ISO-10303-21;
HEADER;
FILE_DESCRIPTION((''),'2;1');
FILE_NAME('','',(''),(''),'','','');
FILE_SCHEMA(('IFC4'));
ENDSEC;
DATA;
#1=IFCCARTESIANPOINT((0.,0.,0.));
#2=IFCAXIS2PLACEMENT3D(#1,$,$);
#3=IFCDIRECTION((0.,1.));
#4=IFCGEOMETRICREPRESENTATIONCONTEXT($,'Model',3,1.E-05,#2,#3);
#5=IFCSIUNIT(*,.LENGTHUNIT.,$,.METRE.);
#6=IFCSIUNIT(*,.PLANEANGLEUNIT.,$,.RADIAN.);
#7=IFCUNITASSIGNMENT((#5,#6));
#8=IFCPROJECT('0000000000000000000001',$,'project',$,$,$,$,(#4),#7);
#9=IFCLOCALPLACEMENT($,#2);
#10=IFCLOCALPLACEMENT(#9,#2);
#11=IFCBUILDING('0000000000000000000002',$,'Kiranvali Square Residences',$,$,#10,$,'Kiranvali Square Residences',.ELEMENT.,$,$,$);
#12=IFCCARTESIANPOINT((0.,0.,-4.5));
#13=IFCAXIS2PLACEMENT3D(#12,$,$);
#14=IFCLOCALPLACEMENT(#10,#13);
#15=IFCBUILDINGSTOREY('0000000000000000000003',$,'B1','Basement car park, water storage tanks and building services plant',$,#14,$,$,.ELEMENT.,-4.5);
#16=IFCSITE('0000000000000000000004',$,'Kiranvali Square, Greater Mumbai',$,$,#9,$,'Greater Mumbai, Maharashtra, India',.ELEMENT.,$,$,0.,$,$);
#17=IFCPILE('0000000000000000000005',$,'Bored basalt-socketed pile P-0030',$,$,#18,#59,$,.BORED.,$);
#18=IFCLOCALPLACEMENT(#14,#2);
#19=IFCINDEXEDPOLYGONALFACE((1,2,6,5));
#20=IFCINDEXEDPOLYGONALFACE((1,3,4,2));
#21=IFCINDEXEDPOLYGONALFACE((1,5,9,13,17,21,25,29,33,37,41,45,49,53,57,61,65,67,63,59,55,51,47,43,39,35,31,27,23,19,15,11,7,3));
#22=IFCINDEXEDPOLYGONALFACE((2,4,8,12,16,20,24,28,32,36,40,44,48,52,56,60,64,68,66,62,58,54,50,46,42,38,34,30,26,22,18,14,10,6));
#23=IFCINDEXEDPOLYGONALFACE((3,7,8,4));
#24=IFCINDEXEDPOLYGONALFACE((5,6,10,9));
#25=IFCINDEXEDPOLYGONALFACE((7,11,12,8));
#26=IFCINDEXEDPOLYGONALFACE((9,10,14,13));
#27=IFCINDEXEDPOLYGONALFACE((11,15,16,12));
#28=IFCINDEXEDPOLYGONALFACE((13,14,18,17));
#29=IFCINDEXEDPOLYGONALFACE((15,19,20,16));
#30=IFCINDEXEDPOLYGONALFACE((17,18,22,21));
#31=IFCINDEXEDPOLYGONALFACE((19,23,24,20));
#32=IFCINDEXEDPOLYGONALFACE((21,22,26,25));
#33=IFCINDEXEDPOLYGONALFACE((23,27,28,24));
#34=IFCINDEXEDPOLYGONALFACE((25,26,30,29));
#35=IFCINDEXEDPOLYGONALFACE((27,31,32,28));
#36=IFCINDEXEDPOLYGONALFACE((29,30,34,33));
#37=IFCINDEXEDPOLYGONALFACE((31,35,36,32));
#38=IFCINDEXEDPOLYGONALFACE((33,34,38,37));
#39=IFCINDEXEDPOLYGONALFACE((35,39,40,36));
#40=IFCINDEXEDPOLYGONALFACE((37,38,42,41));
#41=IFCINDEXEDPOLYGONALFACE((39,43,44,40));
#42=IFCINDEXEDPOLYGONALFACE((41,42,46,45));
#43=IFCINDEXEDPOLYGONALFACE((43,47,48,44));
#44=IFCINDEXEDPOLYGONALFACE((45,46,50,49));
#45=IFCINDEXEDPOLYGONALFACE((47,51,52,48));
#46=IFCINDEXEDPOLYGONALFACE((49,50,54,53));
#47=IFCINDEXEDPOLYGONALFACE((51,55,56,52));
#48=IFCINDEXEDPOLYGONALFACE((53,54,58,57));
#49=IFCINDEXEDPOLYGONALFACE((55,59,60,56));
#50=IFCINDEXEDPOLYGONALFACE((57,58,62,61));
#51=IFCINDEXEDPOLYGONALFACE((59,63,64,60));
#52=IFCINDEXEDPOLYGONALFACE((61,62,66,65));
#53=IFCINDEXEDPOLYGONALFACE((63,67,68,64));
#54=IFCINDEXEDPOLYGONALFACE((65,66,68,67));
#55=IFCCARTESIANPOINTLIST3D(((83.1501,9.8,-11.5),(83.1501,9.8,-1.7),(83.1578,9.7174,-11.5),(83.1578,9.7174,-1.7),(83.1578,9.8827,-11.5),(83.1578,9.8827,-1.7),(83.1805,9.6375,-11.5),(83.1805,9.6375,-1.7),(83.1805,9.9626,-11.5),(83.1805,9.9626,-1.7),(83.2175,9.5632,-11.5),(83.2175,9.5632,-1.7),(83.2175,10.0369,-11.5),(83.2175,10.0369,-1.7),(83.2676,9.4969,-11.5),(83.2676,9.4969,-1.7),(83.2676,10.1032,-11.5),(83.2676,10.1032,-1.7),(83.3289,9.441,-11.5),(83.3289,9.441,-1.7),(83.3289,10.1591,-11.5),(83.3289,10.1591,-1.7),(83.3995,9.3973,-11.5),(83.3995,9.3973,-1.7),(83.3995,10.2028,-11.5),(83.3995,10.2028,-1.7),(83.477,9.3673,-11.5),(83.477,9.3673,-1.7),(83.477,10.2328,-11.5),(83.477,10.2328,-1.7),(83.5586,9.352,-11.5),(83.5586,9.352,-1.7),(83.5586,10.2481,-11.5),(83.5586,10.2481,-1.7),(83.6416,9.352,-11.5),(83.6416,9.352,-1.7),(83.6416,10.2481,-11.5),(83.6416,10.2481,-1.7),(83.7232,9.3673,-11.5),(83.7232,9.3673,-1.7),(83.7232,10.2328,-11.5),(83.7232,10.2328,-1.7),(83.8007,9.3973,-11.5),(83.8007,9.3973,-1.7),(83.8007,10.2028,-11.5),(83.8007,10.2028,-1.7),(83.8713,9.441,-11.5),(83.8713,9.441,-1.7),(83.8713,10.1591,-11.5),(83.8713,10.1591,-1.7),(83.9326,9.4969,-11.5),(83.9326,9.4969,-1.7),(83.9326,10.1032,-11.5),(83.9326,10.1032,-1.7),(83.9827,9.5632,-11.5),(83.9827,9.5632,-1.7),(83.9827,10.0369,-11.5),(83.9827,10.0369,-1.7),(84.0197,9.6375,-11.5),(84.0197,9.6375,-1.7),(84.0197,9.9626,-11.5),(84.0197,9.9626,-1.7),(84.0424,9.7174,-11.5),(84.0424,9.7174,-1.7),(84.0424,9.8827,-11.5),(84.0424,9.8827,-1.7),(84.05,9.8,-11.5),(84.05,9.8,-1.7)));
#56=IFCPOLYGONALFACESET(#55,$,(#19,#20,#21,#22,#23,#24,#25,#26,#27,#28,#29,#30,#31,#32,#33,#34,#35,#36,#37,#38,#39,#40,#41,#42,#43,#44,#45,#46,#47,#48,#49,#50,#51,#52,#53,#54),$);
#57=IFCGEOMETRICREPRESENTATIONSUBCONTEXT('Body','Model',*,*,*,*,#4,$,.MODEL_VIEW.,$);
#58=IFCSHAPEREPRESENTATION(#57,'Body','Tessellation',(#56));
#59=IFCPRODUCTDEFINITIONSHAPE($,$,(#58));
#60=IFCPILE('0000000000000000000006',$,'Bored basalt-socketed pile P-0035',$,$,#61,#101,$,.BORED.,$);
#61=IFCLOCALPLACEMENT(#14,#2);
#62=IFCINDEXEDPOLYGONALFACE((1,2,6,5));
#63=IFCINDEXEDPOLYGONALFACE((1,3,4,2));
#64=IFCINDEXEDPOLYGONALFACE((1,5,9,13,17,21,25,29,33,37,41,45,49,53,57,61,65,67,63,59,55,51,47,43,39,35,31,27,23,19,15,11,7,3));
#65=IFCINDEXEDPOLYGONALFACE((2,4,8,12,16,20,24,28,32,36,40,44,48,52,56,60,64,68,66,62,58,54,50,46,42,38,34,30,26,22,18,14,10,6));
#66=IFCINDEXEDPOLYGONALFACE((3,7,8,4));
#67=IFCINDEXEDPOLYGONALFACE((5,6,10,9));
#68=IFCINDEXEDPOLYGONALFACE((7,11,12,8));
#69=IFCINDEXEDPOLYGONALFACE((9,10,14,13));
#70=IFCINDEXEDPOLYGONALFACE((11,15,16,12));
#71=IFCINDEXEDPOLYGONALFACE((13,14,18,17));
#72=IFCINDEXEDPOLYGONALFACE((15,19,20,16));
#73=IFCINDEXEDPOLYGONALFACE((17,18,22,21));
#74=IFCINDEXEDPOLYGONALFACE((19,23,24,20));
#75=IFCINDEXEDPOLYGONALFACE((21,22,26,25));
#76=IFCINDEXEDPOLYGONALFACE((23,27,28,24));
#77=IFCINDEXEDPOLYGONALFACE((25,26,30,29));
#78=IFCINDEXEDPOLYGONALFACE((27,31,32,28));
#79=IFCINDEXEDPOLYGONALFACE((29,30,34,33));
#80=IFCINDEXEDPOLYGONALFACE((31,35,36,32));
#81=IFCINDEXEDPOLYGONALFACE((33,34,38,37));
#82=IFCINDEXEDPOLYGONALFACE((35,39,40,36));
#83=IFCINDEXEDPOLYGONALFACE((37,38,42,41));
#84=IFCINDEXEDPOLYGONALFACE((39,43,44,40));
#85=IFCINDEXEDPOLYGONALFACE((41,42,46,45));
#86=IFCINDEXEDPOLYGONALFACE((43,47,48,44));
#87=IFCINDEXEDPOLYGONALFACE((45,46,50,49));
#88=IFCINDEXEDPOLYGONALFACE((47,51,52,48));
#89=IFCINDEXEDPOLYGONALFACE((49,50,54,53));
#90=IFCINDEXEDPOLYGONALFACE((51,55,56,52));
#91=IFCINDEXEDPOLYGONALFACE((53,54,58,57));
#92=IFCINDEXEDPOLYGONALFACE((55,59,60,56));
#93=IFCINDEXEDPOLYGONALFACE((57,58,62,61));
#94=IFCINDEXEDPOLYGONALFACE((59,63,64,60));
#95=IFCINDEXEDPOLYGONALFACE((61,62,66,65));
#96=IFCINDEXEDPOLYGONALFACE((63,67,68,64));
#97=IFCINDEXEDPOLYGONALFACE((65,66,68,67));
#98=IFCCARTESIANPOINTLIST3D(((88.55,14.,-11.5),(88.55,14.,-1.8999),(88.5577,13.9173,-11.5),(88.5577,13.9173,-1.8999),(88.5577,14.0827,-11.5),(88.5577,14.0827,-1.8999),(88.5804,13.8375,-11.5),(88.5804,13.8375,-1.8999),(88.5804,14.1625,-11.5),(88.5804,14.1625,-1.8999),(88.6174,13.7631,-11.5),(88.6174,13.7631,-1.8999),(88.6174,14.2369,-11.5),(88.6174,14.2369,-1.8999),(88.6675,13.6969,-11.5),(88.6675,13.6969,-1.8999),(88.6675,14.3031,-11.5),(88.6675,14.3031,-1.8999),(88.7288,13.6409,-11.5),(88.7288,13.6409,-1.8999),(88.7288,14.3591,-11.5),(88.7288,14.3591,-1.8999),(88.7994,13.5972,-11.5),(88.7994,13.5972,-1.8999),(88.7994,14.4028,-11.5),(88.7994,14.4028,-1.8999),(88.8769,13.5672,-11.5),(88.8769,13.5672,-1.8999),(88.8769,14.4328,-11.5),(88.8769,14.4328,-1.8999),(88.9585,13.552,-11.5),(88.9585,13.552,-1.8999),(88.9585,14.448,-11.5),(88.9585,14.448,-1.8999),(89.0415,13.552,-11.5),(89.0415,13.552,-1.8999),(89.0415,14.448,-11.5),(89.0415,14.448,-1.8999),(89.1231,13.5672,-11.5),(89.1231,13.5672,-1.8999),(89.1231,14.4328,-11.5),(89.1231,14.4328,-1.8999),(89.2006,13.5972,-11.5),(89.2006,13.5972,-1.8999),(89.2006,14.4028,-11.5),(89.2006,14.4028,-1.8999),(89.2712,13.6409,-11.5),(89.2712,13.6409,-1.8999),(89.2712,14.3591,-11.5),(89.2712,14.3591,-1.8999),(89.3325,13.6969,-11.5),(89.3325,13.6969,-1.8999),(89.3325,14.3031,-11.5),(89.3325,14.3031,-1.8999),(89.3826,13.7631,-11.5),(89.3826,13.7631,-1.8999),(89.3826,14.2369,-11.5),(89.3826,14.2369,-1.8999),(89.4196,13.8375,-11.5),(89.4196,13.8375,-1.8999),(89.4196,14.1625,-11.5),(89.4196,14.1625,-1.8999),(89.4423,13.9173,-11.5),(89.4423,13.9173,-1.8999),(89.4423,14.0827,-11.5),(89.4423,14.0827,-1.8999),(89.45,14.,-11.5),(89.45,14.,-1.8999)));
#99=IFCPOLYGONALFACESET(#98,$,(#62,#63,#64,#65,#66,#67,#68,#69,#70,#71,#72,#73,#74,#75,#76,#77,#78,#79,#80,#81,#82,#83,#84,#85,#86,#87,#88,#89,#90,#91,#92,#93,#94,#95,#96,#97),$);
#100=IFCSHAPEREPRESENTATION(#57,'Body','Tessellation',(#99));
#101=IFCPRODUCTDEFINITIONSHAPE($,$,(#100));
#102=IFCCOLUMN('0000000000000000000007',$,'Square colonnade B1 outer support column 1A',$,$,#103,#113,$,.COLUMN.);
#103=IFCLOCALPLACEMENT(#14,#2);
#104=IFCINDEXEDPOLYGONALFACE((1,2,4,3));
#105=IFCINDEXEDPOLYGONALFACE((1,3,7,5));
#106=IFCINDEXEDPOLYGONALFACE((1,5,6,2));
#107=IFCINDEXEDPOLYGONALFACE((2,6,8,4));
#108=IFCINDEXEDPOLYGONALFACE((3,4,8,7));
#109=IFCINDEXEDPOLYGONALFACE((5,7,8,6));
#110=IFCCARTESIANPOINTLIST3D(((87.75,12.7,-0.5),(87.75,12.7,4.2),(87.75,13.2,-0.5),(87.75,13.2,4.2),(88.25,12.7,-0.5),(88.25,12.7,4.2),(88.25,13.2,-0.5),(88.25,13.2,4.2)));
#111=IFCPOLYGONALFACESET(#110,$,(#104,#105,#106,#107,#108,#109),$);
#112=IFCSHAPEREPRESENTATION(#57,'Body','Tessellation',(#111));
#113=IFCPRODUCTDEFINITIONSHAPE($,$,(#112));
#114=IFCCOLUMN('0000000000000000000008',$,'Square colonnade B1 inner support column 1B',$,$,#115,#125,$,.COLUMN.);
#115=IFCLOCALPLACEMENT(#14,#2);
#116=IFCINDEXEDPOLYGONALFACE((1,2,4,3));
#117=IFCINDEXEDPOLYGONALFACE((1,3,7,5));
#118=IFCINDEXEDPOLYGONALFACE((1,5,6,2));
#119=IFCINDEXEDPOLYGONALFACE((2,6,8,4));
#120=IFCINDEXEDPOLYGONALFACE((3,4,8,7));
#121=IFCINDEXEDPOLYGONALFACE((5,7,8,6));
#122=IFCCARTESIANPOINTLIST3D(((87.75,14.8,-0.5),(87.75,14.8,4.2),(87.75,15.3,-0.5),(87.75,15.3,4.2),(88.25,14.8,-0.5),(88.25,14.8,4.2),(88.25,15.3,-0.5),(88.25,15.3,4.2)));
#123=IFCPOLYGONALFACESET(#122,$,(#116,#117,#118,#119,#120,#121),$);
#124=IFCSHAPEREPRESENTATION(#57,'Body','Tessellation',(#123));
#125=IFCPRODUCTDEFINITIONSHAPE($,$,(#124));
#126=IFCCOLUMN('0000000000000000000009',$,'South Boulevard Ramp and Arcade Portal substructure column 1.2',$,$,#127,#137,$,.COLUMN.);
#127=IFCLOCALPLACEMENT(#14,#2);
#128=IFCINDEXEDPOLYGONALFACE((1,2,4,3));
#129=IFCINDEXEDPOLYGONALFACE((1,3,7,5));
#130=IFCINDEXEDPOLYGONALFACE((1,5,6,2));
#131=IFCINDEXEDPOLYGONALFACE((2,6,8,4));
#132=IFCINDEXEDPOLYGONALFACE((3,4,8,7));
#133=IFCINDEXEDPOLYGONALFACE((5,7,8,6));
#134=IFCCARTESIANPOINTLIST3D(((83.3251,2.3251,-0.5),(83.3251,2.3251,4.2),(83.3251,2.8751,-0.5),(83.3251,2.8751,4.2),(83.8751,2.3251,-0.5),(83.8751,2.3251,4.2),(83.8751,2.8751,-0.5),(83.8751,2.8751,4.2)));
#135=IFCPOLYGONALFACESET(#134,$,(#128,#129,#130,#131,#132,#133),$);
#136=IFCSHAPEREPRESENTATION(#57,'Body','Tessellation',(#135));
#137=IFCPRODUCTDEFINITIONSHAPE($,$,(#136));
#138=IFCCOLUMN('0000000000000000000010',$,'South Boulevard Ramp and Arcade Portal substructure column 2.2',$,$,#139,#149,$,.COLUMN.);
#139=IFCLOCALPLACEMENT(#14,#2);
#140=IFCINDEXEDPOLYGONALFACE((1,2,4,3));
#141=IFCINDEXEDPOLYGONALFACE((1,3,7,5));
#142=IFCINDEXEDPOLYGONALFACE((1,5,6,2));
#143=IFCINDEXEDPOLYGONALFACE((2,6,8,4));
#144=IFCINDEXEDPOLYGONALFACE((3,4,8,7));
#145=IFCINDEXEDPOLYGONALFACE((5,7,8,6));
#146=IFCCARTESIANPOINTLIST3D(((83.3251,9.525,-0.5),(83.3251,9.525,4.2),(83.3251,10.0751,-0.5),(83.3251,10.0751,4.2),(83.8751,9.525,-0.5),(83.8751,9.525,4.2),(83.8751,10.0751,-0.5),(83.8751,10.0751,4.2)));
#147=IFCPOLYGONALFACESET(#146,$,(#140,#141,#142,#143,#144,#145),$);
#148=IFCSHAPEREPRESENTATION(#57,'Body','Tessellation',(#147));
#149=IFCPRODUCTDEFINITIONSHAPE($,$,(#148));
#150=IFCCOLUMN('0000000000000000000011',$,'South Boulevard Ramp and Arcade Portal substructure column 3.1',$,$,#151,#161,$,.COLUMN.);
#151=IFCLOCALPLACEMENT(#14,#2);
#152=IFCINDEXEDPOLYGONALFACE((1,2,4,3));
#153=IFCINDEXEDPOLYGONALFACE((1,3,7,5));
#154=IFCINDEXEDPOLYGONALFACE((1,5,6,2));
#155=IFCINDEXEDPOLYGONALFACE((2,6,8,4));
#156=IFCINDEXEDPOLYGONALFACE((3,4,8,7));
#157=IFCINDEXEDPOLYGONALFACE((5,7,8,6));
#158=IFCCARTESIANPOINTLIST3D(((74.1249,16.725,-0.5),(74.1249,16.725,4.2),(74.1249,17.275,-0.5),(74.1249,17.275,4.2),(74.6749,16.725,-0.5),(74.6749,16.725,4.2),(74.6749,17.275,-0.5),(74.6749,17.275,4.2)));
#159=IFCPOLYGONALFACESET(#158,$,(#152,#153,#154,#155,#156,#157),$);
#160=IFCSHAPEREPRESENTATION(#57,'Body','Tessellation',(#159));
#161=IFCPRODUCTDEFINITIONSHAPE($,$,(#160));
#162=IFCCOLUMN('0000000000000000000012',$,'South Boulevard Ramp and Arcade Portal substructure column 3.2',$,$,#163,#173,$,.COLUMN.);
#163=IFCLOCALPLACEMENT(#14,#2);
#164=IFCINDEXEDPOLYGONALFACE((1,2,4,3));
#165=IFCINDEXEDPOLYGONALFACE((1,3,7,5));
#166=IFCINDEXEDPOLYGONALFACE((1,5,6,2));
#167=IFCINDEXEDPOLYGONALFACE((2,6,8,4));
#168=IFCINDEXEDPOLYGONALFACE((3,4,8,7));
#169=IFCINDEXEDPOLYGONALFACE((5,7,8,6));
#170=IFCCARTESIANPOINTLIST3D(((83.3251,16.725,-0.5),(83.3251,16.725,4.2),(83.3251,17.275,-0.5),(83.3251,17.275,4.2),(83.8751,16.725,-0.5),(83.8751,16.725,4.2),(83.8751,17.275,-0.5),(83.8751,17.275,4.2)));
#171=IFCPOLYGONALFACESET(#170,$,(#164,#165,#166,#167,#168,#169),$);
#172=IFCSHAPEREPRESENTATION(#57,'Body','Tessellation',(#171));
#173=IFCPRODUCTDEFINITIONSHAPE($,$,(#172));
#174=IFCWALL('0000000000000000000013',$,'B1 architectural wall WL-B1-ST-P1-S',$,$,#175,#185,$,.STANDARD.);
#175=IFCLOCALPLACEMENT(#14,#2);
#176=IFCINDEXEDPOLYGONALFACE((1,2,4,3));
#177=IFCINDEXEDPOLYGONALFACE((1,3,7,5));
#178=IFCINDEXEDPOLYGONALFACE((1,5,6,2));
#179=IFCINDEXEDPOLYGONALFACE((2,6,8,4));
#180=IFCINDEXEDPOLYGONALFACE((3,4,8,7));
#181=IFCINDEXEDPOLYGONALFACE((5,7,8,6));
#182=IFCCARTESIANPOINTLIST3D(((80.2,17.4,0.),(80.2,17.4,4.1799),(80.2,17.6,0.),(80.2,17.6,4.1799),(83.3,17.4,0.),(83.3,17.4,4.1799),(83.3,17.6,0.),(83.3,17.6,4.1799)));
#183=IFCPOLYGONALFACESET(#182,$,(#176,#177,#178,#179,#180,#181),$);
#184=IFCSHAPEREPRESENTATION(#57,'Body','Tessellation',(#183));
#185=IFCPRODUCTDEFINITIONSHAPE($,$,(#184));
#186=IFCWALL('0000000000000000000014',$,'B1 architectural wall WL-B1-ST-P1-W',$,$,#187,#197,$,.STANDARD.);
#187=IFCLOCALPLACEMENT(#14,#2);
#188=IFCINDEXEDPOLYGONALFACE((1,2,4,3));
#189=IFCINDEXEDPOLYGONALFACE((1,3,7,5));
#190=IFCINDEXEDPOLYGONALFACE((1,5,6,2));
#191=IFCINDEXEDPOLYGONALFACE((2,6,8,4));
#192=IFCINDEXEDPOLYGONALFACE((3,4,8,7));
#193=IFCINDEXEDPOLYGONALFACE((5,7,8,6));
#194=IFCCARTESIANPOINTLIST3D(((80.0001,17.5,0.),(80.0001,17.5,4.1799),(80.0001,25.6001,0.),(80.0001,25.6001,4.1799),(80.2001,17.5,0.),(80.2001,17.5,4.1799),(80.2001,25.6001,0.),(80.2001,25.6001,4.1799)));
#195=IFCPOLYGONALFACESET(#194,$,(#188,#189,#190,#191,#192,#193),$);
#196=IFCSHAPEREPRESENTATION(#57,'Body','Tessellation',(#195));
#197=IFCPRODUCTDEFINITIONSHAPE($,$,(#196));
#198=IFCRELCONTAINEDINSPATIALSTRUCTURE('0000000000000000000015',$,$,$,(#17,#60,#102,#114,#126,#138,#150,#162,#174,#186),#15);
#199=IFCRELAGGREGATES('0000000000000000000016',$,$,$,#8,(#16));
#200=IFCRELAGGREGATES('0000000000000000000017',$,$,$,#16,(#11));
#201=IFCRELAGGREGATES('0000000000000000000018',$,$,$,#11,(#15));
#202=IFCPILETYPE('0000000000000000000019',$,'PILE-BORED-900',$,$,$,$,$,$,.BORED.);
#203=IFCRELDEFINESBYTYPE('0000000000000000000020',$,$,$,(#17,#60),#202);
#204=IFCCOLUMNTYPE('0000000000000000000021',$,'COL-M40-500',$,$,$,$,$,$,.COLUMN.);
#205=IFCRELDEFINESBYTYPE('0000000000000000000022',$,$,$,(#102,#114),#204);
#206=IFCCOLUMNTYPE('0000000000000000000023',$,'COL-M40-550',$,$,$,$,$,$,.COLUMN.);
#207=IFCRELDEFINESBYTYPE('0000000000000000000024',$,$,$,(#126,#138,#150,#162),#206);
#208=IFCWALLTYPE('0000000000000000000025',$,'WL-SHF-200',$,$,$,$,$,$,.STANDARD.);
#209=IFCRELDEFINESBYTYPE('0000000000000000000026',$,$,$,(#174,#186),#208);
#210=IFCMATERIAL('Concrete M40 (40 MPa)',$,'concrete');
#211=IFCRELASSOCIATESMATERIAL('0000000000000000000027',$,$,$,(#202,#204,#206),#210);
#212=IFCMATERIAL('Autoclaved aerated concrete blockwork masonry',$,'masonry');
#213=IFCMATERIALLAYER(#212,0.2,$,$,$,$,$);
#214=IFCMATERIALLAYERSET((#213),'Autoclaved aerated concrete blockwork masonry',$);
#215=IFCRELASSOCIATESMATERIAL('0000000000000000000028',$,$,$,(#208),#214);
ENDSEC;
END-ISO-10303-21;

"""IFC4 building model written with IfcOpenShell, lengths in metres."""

from ifc_helpers import new_model, si_unit, direction, frame, frame_2d, origin, origin_2d, place, context, subcontext, project, spatial, rectangle, circle, extrude, material, layer, layer_set, material_profile, profile_set, type_object, element, save


model = new_model("IFC4")

# Units and contexts
model_context = context("Model", 3, precision=1e-05, world=origin(), true_north=direction((0.0, 1.0)))
body_context = subcontext(model_context, "Body", "Model", "MODEL_VIEW")
ifc_project = project(units=[si_unit("LENGTHUNIT", "METRE"), si_unit("PLANEANGLEUNIT", "RADIAN")], contexts=[model_context])

# Site, building, storey
site_placement = place(None, origin())
site = spatial("IfcSite", under=ifc_project, at=site_placement, Name="Kiranvali Square, Greater Mumbai", LongName="Greater Mumbai, Maharashtra, India", CompositionType="ELEMENT", RefElevation=0.0)
building_placement = place(site_placement, origin())
building = spatial("IfcBuilding", under=site, at=building_placement, Name="Kiranvali Square Residences", LongName="Kiranvali Square Residences", CompositionType="ELEMENT")
storey_placement = place(building_placement, frame((0.0, 0.0, -4.5)))
storey = spatial("IfcBuildingStorey", under=building, at=storey_placement, Name="B1", Description="Basement car park, water storage tanks and building services plant", CompositionType="ELEMENT", Elevation=-4.5)

# Shared definitions
ifc_material_1 = material(Name="Concrete M40 (40 MPa)", Category="concrete")

# Piles
ifc_material_profile_1 = material_profile(ifc_material_1, circle(Radius=0.45, at=origin_2d()), Name="BORED PILE 900")
ifc_profile_set_1 = profile_set([ifc_material_profile_1], Name="Concrete M40 (40 MPa)")
pile_type_1 = type_object("IfcPileType", Name="PILE-BORED-900", PredefinedType="BORED", material=ifc_profile_set_1)
for number, where, z_axis, x_axis, name in (
    (1, (83.6001, 9.8, -1.7), (0.0, 0.0, -1.0), (1.0, 0.0, 0.0), "Bored basalt-socketed pile P-0030"),
):
    element("IfcPile", number, at=place(storey_placement, frame(where, z_axis=z_axis, x_axis=x_axis)), inside=storey, type_object=pile_type_1, Name=name, PredefinedType="BORED", context=body_context, shape_type="SweptSolid", body=[
        extrude(circle(Radius=0.45, at=origin_2d()), origin(), (0.0, 0.0, 1.0), 9.8),
    ])
pile_1_placement = place(storey_placement, frame((89.0, 14.0, -1.8999), z_axis=(0.0, 0.0, -1.0), x_axis=(1.0, 0.0, 0.0)))
element("IfcPile", 2, at=pile_1_placement, inside=storey, type_object=pile_type_1, Name="Bored basalt-socketed pile P-0035", PredefinedType="BORED", context=body_context, shape_type="SweptSolid", body=[
    extrude(circle(Radius=0.45, at=origin_2d()), origin(), (0.0, 0.0, 1.0), 9.6001),
])

# Columns
ifc_material_profile_2 = material_profile(ifc_material_1, rectangle(XDim=0.5, YDim=0.5, at=origin_2d()), Name="RC 500x500")
ifc_profile_set_2 = profile_set([ifc_material_profile_2], Name="Concrete M40 (40 MPa)")
column_type_1 = type_object("IfcColumnType", Name="COL-M40-500", PredefinedType="COLUMN", material=ifc_profile_set_2)
for number, where, z_axis, x_axis, name in (
    (3, (88.0, 12.95, -0.5), (0.0, 0.0, 1.0), (1.0, 0.0, 0.0), "Square colonnade B1 outer support column 1A"),
    (4, (88.0, 15.05, -0.5), (0.0, 0.0, 1.0), (1.0, 0.0, 0.0), "Square colonnade B1 inner support column 1B"),
):
    element("IfcColumn", number, at=place(storey_placement, frame(where, z_axis=z_axis, x_axis=x_axis)), inside=storey, type_object=column_type_1, Name=name, PredefinedType="COLUMN", context=body_context, shape_type="SweptSolid", body=[
        extrude(rectangle(XDim=0.5, YDim=0.5, at=origin_2d()), origin(), (0.0, 0.0, 1.0), 4.7),
    ])
ifc_material_profile_3 = material_profile(ifc_material_1, rectangle(XDim=0.55, YDim=0.55, at=origin_2d()), Name="RC 550x550")
ifc_profile_set_3 = profile_set([ifc_material_profile_3], Name="Concrete M40 (40 MPa)")
column_type_2 = type_object("IfcColumnType", Name="COL-M40-550", PredefinedType="COLUMN", material=ifc_profile_set_3)
for number, where, z_axis, x_axis, name in (
    (5, (83.6001, 2.6001, -0.5), (0.0, 0.0, 1.0), (1.0, 0.0, 0.0), "South Boulevard Ramp and Arcade Portal substructure column 1.2"),
    (6, (83.6001, 9.8, -0.5), (0.0, 0.0, 1.0), (1.0, 0.0, 0.0), "South Boulevard Ramp and Arcade Portal substructure column 2.2"),
    (7, (74.3999, 17.0, -0.5), (0.0, 0.0, 1.0), (1.0, 0.0, 0.0), "South Boulevard Ramp and Arcade Portal substructure column 3.1"),
    (8, (83.6001, 17.0, -0.5), (0.0, 0.0, 1.0), (1.0, 0.0, 0.0), "South Boulevard Ramp and Arcade Portal substructure column 3.2"),
):
    element("IfcColumn", number, at=place(storey_placement, frame(where, z_axis=z_axis, x_axis=x_axis)), inside=storey, type_object=column_type_2, Name=name, PredefinedType="COLUMN", context=body_context, shape_type="SweptSolid", body=[
        extrude(rectangle(XDim=0.55, YDim=0.55, at=origin_2d()), origin(), (0.0, 0.0, 1.0), 4.7),
    ])

# Walls
ifc_material_2 = material(Name="Autoclaved aerated concrete blockwork masonry", Category="masonry")
ifc_layer = layer(ifc_material_2, 0.2)
ifc_layer_set = layer_set([ifc_layer], Name="Autoclaved aerated concrete blockwork masonry")
wall_type = type_object("IfcWallType", Name="WL-SHF-200", PredefinedType="STANDARD", material=ifc_layer_set)
wall_1_placement = place(storey_placement, frame((80.2, 17.5, 0.0), z_axis=(0.0, 0.0, 1.0), x_axis=(1.0, 0.0, 0.0)))
element("IfcWall", 9, at=wall_1_placement, inside=storey, type_object=wall_type, Name="B1 architectural wall WL-B1-ST-P1-S", PredefinedType="STANDARD", context=body_context, shape_type="SweptSolid", body=[
    extrude(rectangle(XDim=3.1001, YDim=0.2, at=frame_2d((1.55, 0.0))), origin(), (0.0, 0.0, 1.0), 4.1799),
])
wall_2_placement = place(storey_placement, frame((80.1001, 17.5, 0.0), z_axis=(0.0, 0.0, 1.0), x_axis=(0.0, 1.0, 0.0)))
element("IfcWall", 10, at=wall_2_placement, inside=storey, type_object=wall_type, Name="B1 architectural wall WL-B1-ST-P1-W", PredefinedType="STANDARD", context=body_context, shape_type="SweptSolid", body=[
    extrude(rectangle(XDim=8.1001, YDim=0.2, at=frame_2d((4.05, 0.0))), origin(), (0.0, 0.0, 1.0), 4.1799),
])

save(model, "model.ifc")
